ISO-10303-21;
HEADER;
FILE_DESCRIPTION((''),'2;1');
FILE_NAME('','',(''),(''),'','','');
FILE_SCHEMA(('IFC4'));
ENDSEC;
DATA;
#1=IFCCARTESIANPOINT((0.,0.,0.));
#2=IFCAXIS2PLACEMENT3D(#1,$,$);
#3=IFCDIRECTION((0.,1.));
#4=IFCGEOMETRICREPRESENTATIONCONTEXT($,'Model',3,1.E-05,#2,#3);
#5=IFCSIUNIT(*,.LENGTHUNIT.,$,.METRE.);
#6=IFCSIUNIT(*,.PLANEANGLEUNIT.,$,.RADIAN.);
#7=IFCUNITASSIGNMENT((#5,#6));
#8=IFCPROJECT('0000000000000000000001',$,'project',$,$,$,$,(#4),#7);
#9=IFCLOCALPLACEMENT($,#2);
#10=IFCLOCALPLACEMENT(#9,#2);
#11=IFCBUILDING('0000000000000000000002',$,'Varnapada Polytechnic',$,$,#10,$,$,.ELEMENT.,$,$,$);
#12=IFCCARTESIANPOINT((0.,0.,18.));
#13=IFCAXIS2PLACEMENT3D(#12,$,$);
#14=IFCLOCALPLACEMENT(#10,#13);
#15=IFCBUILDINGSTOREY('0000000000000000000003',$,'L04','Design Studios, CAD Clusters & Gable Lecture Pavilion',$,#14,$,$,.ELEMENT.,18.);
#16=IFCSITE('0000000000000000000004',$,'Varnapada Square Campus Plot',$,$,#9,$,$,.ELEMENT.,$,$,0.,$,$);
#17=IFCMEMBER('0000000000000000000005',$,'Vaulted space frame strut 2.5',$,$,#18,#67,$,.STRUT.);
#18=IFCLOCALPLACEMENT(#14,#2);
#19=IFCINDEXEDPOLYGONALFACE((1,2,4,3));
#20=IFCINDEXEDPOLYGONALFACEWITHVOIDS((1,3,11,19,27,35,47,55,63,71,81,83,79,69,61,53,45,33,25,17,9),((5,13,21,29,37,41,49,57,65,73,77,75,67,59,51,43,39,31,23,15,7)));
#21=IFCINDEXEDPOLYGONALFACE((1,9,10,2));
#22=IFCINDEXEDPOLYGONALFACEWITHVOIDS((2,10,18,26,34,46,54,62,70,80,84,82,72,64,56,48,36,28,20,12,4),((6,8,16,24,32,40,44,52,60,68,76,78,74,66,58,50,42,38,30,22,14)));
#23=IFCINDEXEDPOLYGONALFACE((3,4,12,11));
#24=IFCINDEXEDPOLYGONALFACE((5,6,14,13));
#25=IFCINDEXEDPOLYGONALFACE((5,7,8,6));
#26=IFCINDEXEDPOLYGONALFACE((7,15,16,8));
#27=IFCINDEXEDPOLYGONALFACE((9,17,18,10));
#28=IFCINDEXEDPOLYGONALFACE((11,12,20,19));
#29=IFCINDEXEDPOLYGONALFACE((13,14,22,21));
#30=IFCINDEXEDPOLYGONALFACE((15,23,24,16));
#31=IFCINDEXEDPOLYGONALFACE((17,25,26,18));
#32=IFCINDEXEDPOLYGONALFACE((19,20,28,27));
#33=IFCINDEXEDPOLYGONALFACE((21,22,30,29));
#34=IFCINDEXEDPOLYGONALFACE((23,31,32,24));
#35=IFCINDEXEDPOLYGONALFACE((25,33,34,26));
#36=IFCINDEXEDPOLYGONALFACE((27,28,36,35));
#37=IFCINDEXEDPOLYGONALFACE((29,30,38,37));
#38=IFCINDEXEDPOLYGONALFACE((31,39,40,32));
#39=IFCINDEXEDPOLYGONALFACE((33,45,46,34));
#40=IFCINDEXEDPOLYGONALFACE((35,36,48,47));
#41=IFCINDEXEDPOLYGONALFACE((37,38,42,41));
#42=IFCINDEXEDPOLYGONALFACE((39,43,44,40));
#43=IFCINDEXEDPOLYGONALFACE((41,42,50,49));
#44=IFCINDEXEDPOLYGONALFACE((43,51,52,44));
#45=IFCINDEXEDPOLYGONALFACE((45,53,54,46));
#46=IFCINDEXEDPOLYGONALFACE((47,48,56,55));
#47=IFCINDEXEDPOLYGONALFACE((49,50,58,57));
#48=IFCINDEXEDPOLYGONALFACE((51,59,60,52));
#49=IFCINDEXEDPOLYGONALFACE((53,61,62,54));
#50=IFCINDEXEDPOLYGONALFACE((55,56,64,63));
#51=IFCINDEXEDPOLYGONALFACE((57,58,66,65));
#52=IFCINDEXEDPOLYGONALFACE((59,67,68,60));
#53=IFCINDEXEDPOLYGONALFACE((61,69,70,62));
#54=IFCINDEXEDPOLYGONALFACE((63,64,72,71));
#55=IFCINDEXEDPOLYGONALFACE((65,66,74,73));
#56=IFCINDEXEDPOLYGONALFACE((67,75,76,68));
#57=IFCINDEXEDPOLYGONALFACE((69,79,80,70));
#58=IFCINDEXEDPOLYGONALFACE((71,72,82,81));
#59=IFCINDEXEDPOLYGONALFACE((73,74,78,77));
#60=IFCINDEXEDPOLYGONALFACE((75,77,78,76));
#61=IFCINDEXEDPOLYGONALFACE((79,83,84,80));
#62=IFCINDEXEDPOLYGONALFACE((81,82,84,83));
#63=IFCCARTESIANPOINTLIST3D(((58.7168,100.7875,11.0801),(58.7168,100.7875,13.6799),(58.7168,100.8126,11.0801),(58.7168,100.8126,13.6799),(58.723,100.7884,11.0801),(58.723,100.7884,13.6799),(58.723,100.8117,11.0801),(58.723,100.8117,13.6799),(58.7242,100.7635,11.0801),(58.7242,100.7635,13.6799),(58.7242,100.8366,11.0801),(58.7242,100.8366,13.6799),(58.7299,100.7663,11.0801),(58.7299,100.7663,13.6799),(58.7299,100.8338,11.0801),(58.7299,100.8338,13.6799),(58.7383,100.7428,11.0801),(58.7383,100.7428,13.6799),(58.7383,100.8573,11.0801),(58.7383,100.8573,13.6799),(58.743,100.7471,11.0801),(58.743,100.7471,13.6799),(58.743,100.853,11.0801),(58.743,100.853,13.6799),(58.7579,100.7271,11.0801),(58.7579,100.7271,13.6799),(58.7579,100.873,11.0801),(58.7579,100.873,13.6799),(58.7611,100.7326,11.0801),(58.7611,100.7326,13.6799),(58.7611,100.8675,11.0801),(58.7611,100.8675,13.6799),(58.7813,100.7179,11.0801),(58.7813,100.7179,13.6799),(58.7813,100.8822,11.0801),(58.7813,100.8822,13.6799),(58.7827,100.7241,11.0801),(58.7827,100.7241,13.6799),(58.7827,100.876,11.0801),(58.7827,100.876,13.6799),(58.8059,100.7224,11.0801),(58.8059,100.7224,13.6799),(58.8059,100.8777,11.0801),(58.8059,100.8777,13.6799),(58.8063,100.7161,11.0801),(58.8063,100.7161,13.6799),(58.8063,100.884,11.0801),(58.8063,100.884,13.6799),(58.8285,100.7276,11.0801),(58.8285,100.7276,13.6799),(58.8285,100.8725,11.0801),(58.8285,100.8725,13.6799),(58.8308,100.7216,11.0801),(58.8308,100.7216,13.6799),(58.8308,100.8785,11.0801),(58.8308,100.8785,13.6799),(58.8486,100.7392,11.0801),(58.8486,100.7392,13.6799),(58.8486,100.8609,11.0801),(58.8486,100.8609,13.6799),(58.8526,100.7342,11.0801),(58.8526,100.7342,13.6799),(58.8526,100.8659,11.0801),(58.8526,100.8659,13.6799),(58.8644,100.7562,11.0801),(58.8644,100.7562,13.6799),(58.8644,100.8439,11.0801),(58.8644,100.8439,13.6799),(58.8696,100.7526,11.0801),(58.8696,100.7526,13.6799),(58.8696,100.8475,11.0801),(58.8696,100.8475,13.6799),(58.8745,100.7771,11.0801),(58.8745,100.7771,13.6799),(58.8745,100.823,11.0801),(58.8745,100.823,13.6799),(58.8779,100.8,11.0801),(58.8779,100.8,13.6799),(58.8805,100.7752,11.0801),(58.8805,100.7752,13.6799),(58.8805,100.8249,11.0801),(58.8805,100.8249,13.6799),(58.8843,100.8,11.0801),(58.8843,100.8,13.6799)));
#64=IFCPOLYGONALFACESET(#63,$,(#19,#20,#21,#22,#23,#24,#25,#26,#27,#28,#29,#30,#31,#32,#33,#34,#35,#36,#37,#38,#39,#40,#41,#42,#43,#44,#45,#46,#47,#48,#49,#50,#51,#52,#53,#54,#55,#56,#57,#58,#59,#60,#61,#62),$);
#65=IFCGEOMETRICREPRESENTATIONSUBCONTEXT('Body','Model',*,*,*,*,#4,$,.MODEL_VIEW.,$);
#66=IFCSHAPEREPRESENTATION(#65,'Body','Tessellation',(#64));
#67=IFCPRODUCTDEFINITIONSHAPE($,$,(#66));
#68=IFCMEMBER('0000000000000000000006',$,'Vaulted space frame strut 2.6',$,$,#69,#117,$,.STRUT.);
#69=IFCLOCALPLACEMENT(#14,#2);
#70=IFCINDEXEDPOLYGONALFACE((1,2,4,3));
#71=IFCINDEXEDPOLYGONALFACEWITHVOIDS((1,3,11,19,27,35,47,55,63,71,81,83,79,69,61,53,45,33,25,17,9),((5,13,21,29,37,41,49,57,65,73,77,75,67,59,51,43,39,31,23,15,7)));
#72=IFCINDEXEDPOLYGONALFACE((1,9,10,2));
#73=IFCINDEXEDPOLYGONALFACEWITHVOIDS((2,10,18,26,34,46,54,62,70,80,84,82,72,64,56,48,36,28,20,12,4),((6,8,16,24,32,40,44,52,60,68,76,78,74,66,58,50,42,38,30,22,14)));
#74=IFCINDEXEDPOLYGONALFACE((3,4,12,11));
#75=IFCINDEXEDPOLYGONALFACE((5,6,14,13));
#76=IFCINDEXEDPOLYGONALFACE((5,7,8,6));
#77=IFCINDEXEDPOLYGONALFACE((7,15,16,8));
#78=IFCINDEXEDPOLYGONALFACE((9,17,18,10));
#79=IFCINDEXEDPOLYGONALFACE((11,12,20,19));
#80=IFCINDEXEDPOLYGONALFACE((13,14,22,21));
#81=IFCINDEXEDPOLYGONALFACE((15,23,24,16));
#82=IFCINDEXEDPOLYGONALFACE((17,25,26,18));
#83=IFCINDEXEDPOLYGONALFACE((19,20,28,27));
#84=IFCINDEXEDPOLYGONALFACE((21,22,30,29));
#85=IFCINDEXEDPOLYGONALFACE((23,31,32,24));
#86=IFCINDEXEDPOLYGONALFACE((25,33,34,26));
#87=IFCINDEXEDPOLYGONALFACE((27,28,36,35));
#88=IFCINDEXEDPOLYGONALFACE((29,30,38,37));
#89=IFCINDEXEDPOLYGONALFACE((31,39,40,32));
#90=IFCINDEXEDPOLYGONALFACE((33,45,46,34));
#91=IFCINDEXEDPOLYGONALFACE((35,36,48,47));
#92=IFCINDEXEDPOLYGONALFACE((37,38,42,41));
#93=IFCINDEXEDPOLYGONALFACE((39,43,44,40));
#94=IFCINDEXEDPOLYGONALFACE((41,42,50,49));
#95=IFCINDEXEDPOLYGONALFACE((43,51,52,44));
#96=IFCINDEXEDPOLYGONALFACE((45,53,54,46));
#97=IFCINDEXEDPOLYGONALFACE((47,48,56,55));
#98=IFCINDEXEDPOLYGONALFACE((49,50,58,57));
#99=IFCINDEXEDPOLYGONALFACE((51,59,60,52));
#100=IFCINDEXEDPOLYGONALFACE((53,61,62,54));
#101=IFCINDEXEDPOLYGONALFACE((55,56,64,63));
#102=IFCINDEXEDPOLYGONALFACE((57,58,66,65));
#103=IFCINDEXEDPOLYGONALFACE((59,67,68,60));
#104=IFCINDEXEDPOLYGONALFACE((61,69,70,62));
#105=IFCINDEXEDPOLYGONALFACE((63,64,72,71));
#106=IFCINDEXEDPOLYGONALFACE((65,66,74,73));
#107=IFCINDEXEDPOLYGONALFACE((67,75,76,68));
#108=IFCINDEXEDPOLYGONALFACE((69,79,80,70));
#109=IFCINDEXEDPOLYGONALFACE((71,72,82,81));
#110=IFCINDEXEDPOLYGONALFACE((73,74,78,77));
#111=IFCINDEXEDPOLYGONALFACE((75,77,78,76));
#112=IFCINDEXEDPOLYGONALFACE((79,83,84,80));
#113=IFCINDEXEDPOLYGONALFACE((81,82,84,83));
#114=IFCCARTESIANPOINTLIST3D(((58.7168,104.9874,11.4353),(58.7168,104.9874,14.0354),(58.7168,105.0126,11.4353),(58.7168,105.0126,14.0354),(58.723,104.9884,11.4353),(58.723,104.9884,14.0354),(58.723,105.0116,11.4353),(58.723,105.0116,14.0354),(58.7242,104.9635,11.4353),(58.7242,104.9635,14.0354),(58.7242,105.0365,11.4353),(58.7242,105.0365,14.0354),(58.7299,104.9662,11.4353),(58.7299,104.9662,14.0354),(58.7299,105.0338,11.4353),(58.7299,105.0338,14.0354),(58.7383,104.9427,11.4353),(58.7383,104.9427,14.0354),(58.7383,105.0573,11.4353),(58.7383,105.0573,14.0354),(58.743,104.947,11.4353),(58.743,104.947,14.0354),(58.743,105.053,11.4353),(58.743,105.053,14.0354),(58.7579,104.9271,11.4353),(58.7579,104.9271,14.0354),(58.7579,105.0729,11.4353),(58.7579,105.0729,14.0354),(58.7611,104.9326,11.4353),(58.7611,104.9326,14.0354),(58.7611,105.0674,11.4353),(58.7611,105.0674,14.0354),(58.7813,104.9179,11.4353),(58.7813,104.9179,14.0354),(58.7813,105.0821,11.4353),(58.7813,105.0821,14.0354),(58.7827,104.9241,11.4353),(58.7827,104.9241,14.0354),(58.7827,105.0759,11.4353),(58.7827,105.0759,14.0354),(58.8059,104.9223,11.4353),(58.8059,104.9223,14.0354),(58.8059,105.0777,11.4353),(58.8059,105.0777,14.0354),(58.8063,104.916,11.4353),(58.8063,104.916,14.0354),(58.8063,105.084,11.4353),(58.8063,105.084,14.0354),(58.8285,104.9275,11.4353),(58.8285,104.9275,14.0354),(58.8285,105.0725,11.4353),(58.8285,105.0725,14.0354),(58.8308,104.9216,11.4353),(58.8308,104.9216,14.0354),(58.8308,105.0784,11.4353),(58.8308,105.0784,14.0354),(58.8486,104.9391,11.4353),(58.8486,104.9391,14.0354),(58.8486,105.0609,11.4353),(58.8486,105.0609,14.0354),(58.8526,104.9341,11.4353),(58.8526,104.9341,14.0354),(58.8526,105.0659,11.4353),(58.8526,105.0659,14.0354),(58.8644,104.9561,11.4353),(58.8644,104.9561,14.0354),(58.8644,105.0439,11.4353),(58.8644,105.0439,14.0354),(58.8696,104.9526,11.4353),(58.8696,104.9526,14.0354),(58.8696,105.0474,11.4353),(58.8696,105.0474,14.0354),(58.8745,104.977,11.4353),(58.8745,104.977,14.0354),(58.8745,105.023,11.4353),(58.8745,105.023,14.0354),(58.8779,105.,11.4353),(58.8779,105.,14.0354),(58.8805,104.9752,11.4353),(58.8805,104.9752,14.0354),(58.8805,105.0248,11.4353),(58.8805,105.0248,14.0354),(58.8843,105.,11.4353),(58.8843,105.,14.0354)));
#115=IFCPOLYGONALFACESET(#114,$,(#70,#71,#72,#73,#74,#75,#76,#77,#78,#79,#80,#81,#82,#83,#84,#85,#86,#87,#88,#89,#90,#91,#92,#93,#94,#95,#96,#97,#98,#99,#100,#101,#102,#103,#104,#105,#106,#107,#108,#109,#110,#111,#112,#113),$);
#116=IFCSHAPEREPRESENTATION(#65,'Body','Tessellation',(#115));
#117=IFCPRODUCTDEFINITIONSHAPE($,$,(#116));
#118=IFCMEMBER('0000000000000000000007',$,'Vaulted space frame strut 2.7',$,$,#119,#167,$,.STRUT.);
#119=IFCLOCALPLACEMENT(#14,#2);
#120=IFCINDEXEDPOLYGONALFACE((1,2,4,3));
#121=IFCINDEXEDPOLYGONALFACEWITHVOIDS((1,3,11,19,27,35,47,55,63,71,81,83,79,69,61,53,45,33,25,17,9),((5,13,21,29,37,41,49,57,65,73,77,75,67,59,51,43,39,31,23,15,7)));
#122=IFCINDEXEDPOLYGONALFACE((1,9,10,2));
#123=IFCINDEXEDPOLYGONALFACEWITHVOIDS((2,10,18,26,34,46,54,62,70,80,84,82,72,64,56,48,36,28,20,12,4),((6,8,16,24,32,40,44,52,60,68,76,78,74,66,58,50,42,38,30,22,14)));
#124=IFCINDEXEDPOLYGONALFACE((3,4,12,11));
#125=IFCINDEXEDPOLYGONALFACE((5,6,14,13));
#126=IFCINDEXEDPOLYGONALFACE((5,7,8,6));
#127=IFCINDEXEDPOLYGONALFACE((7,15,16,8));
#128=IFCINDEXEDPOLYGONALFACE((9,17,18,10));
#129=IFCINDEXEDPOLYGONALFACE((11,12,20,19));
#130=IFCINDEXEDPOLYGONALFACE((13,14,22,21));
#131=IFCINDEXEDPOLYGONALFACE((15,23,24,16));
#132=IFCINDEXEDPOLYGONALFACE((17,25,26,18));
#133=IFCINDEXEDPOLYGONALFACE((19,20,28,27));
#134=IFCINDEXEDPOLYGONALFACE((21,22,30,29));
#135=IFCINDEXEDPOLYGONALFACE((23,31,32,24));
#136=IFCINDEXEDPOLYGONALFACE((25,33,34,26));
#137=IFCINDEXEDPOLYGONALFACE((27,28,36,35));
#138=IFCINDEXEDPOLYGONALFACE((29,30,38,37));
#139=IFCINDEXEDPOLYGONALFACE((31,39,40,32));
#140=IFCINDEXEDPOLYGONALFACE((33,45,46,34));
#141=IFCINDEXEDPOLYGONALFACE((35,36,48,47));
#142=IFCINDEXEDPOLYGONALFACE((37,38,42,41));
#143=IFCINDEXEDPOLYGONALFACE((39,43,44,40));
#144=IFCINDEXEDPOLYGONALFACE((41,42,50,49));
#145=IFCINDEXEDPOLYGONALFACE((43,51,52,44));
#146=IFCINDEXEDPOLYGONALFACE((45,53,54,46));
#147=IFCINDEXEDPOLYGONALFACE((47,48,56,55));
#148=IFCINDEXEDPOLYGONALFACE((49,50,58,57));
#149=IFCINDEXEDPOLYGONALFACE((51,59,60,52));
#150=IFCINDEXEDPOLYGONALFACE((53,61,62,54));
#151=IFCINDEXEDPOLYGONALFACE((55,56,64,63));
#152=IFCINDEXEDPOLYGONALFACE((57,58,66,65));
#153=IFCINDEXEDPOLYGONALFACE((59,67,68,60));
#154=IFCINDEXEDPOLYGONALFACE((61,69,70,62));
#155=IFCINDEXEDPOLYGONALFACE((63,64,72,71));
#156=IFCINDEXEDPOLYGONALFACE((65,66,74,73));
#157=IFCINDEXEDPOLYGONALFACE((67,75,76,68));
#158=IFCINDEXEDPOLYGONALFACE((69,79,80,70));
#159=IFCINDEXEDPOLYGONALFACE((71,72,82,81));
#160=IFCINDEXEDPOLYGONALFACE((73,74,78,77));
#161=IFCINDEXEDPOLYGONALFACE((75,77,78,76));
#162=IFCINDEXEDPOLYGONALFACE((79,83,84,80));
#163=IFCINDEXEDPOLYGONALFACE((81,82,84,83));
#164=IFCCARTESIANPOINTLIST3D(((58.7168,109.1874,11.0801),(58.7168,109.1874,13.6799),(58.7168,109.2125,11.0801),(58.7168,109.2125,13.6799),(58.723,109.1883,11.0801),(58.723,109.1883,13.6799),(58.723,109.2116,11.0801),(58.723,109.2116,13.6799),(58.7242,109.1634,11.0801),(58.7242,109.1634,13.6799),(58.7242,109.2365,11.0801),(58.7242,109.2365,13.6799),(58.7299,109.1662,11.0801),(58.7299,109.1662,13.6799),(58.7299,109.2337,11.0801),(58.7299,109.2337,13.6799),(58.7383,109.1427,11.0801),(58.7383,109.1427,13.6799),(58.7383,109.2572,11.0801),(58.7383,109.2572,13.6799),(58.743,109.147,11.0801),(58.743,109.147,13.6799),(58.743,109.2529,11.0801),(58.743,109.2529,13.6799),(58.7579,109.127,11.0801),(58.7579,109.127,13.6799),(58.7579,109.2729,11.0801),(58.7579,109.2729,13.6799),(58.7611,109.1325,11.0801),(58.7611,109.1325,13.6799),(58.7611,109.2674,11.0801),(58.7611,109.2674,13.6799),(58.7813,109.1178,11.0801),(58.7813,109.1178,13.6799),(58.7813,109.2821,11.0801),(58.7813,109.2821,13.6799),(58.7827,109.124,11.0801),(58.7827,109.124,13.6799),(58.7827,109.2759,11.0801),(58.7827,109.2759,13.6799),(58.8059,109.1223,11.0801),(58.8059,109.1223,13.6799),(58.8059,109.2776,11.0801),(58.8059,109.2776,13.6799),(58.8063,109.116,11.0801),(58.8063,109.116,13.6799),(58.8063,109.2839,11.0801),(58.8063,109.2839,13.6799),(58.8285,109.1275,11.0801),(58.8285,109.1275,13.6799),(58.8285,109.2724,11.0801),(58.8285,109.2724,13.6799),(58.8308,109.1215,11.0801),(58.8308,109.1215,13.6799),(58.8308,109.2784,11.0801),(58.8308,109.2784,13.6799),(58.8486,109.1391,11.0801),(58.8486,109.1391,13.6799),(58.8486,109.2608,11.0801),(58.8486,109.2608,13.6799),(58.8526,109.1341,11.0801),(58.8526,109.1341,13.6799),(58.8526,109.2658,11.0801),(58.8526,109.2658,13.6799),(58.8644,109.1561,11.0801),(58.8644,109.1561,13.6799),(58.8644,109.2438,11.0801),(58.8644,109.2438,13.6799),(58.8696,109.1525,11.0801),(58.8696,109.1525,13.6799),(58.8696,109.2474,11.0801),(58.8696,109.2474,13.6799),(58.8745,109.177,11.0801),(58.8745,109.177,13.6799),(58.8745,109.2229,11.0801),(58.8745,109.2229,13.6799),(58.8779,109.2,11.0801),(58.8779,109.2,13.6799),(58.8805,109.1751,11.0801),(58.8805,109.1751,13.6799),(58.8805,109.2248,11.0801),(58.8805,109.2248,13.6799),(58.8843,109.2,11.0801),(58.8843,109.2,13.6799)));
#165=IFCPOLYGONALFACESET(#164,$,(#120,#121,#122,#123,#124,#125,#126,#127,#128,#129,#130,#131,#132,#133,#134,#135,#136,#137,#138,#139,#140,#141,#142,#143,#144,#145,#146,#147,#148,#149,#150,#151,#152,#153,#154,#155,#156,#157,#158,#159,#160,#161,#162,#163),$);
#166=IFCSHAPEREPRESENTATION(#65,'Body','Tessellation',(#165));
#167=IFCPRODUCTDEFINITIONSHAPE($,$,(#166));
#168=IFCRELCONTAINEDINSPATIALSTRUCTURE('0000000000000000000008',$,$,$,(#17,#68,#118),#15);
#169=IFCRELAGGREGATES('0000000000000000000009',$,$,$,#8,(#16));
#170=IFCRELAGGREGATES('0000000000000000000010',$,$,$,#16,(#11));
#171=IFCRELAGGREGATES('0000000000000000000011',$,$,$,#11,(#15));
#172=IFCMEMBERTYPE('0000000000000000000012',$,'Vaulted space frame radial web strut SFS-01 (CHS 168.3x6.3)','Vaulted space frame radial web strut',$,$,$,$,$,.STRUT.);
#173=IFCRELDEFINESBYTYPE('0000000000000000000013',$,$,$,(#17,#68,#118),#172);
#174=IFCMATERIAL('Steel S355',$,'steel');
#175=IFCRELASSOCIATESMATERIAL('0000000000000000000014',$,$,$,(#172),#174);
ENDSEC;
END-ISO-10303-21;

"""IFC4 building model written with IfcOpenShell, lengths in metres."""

from ifc_helpers import new_model, si_unit, direction, frame, origin, origin_2d, place, context, subcontext, project, spatial, hollow_circle, extrude, material, material_profile, profile_set, type_object, element, save


model = new_model("IFC4")

# Units and contexts
model_context = context("Model", 3, precision=1e-05, world=origin(), true_north=direction((0.0, 1.0)))
body_context = subcontext(model_context, "Body", "Model", "MODEL_VIEW")
ifc_project = project(units=[si_unit("LENGTHUNIT", "METRE"), si_unit("PLANEANGLEUNIT", "RADIAN")], contexts=[model_context])

# Site, building, storey
site_placement = place(None, origin())
site = spatial("IfcSite", under=ifc_project, at=site_placement, Name="Varnapada Square Campus Plot", CompositionType="ELEMENT", RefElevation=0.0)
building_placement = place(site_placement, origin())
building = spatial("IfcBuilding", under=site, at=building_placement, Name="Varnapada Polytechnic", CompositionType="ELEMENT")
storey_placement = place(building_placement, frame((0.0, 0.0, 18.0)))
storey = spatial("IfcBuildingStorey", under=building, at=storey_placement, Name="L04", Description="Design Studios, CAD Clusters & Gable Lecture Pavilion", CompositionType="ELEMENT", Elevation=18.0)

# Shared definitions
ifc_material = material(Name="Steel S355", Category="steel")

# Members
ifc_material_profile_1 = material_profile(ifc_material, hollow_circle(Radius=0.0842, WallThickness=0.0063, at=origin_2d()), Name="CHS 168.3x6.3")
ifc_profile_set_1 = profile_set([ifc_material_profile_1], Name="Steel S355")
member_type_1 = type_object("IfcMemberType", Name="Vaulted space frame radial web strut SFS-01 (CHS 168.3x6.3)", Description="Vaulted space frame radial web strut", PredefinedType="STRUT", material=ifc_profile_set_1)
member_1_placement = place(storey_placement, frame((58.8, 100.8, 11.0801), z_axis=(0.0, 0.0, 1.0), x_axis=(1.0, 0.0, 0.0)))
element("IfcMember", 1, at=member_1_placement, inside=storey, type_object=member_type_1, Name="Vaulted space frame strut 2.5", PredefinedType="STRUT", context=body_context, shape_type="SweptSolid", body=[
    extrude(hollow_circle(Radius=0.0842, WallThickness=0.0063, at=origin_2d()), origin(), (0.0, 0.0, 1.0), 2.5999),
])
member_2_placement = place(storey_placement, frame((58.8, 105.0, 11.4353), z_axis=(0.0, 0.0, 1.0), x_axis=(1.0, 0.0, 0.0)))
element("IfcMember", 2, at=member_2_placement, inside=storey, type_object=member_type_1, Name="Vaulted space frame strut 2.6", PredefinedType="STRUT", context=body_context, shape_type="SweptSolid", body=[
    extrude(hollow_circle(Radius=0.0842, WallThickness=0.0063, at=origin_2d()), origin(), (0.0, 0.0, 1.0), 2.6001),
])
member_3_placement = place(storey_placement, frame((58.8, 109.2, 11.0801), z_axis=(0.0, 0.0, 1.0), x_axis=(1.0, 0.0, 0.0)))
element("IfcMember", 3, at=member_3_placement, inside=storey, type_object=member_type_1, Name="Vaulted space frame strut 2.7", PredefinedType="STRUT", context=body_context, shape_type="SweptSolid", body=[
    extrude(hollow_circle(Radius=0.0842, WallThickness=0.0063, at=origin_2d()), origin(), (0.0, 0.0, 1.0), 2.5999),
])

save(model, "model.ifc")
